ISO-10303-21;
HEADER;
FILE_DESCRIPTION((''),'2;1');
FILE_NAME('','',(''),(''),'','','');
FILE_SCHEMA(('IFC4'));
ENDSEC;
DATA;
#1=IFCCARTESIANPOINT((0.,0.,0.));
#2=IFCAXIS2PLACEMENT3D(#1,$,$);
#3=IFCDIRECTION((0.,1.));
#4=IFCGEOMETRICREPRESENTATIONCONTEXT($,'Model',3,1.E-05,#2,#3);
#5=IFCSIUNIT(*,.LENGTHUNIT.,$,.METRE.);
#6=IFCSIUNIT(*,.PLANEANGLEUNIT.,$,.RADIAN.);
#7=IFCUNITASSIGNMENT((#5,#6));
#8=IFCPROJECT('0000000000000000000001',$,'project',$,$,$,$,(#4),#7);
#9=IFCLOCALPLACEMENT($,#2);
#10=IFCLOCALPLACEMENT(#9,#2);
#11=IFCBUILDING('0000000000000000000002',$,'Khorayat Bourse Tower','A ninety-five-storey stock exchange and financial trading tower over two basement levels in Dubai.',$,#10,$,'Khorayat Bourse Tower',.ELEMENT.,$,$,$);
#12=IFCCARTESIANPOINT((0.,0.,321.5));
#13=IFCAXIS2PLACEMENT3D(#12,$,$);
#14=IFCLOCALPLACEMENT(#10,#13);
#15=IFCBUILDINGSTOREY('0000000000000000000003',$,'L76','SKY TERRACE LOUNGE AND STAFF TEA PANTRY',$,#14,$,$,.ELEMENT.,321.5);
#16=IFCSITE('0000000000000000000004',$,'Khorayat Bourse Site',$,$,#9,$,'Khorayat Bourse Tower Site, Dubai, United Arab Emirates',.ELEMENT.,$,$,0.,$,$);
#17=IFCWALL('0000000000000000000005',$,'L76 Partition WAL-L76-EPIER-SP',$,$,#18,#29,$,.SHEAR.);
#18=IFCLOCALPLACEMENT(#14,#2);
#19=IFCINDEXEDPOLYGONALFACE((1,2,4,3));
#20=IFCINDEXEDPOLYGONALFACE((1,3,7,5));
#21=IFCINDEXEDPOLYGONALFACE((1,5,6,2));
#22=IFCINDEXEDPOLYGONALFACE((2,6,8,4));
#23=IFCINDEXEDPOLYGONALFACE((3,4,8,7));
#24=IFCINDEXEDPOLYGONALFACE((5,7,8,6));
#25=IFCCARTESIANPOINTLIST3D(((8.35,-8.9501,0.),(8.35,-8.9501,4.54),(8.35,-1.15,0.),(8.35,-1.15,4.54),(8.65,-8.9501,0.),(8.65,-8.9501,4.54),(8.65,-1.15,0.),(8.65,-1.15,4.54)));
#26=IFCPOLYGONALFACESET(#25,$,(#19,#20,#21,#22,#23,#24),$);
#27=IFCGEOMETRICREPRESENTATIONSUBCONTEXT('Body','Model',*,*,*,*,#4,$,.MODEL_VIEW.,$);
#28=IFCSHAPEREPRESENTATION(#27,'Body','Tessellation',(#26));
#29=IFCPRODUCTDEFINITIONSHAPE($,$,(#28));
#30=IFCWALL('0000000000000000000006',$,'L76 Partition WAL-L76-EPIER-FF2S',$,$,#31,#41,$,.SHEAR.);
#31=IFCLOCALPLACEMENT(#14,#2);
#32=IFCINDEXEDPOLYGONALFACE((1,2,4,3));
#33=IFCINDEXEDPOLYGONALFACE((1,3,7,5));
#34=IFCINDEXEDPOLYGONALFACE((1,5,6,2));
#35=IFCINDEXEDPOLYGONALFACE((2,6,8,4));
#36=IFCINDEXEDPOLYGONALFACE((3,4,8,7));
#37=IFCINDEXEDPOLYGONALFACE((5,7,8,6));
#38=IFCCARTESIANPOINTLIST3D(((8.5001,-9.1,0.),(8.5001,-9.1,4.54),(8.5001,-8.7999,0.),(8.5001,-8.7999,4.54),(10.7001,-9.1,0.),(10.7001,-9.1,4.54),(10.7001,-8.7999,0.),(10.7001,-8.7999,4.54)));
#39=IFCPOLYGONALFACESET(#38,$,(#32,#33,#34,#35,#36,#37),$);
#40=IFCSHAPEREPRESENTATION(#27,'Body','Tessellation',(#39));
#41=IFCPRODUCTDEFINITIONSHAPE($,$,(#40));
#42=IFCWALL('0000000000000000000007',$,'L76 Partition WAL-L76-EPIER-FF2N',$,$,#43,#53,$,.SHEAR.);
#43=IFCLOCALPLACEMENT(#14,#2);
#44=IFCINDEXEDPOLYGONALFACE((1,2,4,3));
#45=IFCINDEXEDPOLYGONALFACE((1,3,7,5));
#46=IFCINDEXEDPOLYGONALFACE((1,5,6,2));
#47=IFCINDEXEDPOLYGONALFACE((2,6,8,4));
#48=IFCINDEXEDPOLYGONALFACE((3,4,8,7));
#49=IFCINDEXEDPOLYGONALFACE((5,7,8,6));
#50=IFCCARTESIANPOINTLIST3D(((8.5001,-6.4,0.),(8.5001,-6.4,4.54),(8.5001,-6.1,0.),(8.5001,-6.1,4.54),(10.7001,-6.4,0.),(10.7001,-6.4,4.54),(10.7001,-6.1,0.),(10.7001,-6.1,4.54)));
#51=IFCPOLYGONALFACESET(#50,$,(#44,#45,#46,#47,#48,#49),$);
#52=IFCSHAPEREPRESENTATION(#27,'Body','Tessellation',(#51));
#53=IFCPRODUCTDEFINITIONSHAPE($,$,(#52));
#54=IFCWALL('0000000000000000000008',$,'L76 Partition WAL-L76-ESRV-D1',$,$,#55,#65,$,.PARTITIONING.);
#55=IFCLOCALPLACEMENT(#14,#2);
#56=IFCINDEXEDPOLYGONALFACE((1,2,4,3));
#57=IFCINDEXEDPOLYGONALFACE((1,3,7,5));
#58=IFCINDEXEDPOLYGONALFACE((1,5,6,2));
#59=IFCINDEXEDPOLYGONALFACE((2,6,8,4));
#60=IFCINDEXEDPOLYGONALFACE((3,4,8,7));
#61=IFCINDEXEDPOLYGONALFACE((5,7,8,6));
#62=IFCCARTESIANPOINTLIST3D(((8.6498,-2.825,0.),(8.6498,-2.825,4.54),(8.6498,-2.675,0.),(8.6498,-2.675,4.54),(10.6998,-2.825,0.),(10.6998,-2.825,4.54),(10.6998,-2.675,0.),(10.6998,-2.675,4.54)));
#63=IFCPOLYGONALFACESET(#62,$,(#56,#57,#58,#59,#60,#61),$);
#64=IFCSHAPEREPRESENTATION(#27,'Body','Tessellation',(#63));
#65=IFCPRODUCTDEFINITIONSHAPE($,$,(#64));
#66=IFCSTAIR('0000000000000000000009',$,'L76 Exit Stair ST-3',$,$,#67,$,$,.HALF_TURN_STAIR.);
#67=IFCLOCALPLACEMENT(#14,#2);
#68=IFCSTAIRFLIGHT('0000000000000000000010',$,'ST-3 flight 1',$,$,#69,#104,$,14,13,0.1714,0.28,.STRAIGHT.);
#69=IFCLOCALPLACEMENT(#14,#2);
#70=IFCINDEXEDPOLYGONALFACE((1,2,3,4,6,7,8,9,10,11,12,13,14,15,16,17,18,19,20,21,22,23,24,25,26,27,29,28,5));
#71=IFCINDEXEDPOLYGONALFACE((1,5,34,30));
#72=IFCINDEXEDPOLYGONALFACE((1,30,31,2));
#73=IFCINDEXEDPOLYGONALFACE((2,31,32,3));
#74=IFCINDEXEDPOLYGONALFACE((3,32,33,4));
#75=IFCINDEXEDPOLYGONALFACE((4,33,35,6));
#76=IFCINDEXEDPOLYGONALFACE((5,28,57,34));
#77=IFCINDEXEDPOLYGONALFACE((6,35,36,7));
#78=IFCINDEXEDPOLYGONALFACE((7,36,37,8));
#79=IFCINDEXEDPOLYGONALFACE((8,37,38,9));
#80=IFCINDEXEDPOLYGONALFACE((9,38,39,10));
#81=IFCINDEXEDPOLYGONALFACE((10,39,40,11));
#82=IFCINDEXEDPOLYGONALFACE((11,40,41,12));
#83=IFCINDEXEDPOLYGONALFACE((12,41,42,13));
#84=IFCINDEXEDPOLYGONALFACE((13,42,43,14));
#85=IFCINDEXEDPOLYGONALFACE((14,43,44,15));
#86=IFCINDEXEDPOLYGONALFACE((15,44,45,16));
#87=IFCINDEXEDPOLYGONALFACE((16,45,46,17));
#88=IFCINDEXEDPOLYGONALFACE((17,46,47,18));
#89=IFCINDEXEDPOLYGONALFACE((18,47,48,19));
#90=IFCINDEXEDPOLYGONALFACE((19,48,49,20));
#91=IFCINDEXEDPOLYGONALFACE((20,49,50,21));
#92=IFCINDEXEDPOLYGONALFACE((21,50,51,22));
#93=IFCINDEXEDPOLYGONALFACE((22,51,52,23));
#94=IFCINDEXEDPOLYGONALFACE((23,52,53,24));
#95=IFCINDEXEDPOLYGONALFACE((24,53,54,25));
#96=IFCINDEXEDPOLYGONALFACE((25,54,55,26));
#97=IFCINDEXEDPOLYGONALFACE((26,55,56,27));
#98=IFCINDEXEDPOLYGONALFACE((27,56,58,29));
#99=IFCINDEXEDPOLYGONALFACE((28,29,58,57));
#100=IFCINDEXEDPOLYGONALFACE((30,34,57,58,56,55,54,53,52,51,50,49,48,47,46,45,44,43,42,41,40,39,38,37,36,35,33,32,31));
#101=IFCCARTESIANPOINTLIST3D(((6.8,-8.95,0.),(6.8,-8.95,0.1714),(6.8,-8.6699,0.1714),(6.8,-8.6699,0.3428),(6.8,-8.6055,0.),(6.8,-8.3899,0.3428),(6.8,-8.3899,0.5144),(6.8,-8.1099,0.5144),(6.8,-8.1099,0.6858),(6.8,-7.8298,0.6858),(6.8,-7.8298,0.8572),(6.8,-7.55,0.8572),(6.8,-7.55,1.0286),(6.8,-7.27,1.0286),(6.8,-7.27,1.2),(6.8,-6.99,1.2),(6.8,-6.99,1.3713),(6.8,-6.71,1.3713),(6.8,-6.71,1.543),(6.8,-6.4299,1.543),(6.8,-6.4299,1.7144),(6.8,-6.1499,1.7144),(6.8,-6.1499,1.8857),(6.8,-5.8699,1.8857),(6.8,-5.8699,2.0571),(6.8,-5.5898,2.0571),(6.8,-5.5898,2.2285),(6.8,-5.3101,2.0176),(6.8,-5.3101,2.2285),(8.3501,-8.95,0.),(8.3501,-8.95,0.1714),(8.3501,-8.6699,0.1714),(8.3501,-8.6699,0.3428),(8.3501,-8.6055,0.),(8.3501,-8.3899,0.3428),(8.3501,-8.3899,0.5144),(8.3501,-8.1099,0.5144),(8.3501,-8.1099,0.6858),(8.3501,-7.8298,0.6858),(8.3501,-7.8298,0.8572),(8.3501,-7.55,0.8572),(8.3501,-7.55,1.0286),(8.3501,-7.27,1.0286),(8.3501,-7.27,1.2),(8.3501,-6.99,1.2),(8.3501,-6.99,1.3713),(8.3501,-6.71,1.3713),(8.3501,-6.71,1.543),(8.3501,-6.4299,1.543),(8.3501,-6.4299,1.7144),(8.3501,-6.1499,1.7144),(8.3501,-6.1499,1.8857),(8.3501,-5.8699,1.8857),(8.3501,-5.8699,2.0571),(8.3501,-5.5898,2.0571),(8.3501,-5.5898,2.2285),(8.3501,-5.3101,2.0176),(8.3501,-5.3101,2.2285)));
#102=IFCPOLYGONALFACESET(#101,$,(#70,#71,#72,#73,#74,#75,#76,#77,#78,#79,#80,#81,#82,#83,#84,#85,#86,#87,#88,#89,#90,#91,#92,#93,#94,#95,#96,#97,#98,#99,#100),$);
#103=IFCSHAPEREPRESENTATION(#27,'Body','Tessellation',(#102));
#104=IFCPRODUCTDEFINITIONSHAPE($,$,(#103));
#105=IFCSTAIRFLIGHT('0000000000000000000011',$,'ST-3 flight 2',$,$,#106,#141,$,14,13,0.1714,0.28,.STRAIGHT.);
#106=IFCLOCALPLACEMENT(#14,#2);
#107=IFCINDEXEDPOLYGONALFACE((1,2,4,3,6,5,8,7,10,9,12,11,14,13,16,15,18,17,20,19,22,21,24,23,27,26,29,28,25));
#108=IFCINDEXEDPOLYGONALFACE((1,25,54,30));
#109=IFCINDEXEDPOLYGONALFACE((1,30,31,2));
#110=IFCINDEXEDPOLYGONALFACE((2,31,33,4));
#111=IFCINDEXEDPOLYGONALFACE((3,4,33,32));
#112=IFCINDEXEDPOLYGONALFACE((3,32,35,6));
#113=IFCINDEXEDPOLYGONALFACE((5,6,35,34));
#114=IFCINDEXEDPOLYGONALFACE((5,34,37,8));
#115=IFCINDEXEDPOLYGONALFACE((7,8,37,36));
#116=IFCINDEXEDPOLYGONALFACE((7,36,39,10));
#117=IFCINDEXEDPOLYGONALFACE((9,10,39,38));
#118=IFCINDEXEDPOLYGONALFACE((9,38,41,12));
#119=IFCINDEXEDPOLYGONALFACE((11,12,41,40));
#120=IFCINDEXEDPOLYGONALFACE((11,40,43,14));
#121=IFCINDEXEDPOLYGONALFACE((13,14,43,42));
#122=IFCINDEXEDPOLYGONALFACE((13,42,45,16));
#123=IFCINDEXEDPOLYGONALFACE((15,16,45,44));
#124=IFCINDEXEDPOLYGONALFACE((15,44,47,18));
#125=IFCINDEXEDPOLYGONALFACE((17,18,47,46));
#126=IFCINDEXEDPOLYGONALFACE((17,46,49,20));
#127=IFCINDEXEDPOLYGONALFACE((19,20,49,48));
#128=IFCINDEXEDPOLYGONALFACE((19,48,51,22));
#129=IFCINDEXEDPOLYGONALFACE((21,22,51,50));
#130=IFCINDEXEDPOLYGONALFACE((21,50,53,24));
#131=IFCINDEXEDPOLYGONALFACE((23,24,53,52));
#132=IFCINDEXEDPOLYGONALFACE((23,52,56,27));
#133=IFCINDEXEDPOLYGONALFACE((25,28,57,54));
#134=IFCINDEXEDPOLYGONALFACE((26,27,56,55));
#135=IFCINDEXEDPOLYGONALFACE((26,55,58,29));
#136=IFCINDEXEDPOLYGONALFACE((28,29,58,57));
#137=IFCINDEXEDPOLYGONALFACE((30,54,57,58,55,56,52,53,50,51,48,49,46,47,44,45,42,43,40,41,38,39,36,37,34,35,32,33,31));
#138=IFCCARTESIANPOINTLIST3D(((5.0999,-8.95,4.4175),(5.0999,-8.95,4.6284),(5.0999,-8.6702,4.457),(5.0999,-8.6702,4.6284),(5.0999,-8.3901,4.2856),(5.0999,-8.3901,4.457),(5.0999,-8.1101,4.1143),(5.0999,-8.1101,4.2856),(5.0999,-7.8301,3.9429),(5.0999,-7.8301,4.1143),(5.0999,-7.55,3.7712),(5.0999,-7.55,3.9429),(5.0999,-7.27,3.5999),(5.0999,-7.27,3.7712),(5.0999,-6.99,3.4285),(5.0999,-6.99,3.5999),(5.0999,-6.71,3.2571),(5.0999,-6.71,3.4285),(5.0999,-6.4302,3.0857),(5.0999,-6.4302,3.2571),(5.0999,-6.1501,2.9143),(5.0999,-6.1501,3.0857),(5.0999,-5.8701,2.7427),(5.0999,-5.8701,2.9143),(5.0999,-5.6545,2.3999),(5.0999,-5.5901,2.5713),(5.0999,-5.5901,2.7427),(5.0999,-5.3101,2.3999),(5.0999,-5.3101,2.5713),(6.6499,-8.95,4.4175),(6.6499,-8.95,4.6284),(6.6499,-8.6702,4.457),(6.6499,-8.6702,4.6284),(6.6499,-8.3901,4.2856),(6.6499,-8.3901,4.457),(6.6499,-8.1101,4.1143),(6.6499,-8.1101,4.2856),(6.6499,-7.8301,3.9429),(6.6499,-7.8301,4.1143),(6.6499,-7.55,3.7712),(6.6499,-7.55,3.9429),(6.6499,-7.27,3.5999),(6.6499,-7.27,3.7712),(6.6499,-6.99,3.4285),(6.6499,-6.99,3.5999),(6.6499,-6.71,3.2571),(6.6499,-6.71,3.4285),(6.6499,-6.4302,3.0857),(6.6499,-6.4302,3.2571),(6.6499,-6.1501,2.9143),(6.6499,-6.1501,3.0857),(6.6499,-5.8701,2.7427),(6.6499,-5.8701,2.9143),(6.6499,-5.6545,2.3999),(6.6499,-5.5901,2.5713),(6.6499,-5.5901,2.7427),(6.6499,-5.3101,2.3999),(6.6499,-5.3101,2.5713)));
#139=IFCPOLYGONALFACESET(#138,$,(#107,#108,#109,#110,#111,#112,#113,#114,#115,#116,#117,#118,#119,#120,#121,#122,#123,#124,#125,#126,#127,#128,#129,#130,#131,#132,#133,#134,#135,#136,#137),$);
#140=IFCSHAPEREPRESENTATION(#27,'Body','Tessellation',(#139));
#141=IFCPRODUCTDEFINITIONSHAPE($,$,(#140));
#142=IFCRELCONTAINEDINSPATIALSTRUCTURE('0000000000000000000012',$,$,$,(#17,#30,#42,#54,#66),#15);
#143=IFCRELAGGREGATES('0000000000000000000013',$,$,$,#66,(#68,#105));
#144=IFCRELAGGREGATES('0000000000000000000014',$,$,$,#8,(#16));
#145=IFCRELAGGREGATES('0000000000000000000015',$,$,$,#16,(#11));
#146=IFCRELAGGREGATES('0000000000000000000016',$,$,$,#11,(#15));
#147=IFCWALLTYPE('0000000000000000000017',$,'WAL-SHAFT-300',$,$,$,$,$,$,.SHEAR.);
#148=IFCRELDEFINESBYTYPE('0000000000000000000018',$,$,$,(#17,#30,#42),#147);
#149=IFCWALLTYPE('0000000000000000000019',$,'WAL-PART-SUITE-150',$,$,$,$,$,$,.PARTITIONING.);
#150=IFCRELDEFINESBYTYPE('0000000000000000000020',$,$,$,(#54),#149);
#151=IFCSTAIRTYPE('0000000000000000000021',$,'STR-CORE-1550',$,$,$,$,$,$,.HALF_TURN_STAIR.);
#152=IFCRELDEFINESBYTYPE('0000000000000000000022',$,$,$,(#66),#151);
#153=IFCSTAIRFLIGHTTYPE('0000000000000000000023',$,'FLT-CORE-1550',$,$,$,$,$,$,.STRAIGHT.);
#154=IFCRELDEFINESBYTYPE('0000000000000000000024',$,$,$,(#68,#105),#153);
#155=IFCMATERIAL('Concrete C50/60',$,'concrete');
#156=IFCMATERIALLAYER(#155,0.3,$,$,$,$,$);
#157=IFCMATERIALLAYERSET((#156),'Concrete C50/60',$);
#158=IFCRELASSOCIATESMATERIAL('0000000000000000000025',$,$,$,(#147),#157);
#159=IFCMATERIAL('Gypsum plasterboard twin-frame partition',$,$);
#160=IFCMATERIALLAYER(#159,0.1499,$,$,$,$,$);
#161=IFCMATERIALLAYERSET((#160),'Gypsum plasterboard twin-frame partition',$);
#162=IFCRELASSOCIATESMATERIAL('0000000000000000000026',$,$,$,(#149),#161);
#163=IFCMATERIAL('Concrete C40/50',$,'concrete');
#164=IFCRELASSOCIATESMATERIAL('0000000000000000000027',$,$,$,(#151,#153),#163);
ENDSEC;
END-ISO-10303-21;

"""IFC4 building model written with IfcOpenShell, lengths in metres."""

from ifc_helpers import new_model, si_unit, direction, frame, frame_2d, origin, place, context, subcontext, project, spatial, polyline, rectangle, outline, extrude, source, transform, mapped, material, layer, layer_set, type_object, element, aggregate, save


model = new_model("IFC4")

# Units and contexts
model_context = context("Model", 3, precision=1e-05, world=origin(), true_north=direction((0.0, 1.0)))
body_context = subcontext(model_context, "Body", "Model", "MODEL_VIEW")
ifc_project = project(units=[si_unit("LENGTHUNIT", "METRE"), si_unit("PLANEANGLEUNIT", "RADIAN")], contexts=[model_context])

# Site, building, storey
site_placement = place(None, origin())
site = spatial("IfcSite", under=ifc_project, at=site_placement, Name="Khorayat Bourse Site", LongName="Khorayat Bourse Tower Site, Dubai, United Arab Emirates", CompositionType="ELEMENT", RefElevation=0.0)
building_placement = place(site_placement, origin())
building = spatial("IfcBuilding", under=site, at=building_placement, Name="Khorayat Bourse Tower", Description="A ninety-five-storey stock exchange and financial trading tower over two basement levels in Dubai.", LongName="Khorayat Bourse Tower", CompositionType="ELEMENT")
storey_placement = place(building_placement, frame((0.0, 0.0, 321.5)))
storey = spatial("IfcBuildingStorey", under=building, at=storey_placement, Name="L76", Description="SKY TERRACE LOUNGE AND STAFF TEA PANTRY", CompositionType="ELEMENT", Elevation=321.5)

# Walls
ifc_material_1 = material(Name="Concrete C50/60", Category="concrete")
ifc_layer_1 = layer(ifc_material_1, 0.3)
ifc_layer_set_1 = layer_set([ifc_layer_1], Name="Concrete C50/60")
wall_type_1 = type_object("IfcWallType", Name="WAL-SHAFT-300", PredefinedType="SHEAR", material=ifc_layer_set_1)
shared_shape_1 = source(origin(), body_context, "Body", "SweptSolid", [
    extrude(rectangle(XDim=7.8, YDim=0.3, at=frame_2d((3.8999, 0.0))), origin(), (0.0, 0.0, 1.0), 4.54),
])
wall_1_placement = place(storey_placement, frame((8.5, -8.95, 0.0), z_axis=(0.0, 0.0, 1.0), x_axis=(0.0, 1.0, 0.0)))
element("IfcWall", 1, at=wall_1_placement, inside=storey, type_object=wall_type_1, Name="L76 Partition WAL-L76-EPIER-SP", PredefinedType="SHEAR", context=body_context, shape_type="MappedRepresentation", body=[
    mapped(shared_shape_1, transform((0.0, 0.0, 0.0), scale=1.0)),
])
shared_shape_2 = source(origin(), body_context, "Body", "SweptSolid", [
    extrude(rectangle(XDim=2.2, YDim=0.3, at=frame_2d((1.1001, 0.0))), origin(), (0.0, 0.0, 1.0), 4.54),
])
for number, where, z_axis, x_axis, name in (
    (2, (8.5, -8.95, 0.0), (0.0, 0.0, 1.0), (1.0, 0.0, 0.0), "L76 Partition WAL-L76-EPIER-FF2S"),
    (3, (8.5, -6.25, 0.0), (0.0, 0.0, 1.0), (1.0, 0.0, 0.0), "L76 Partition WAL-L76-EPIER-FF2N"),
):
    element("IfcWall", number, at=place(storey_placement, frame(where, z_axis=z_axis, x_axis=x_axis)), inside=storey, type_object=wall_type_1, Name=name, PredefinedType="SHEAR", context=body_context, shape_type="MappedRepresentation", body=[
        mapped(shared_shape_2, transform((0.0, 0.0, 0.0), scale=1.0)),
    ])
ifc_material_2 = material(Name="Gypsum plasterboard twin-frame partition")
ifc_layer_2 = layer(ifc_material_2, 0.1499)
ifc_layer_set_2 = layer_set([ifc_layer_2], Name="Gypsum plasterboard twin-frame partition")
wall_type_2 = type_object("IfcWallType", Name="WAL-PART-SUITE-150", PredefinedType="PARTITIONING", material=ifc_layer_set_2)
shared_shape_3 = source(origin(), body_context, "Body", "SweptSolid", [
    extrude(rectangle(XDim=2.05, YDim=0.1499, at=frame_2d((1.0249, 0.0))), origin(), (0.0, 0.0, 1.0), 4.54),
])
wall_2_placement = place(storey_placement, frame((8.6499, -2.75, 0.0), z_axis=(0.0, 0.0, 1.0), x_axis=(1.0, 0.0, 0.0)))
element("IfcWall", 4, at=wall_2_placement, inside=storey, type_object=wall_type_2, Name="L76 Partition WAL-L76-ESRV-D1", PredefinedType="PARTITIONING", context=body_context, shape_type="MappedRepresentation", body=[
    mapped(shared_shape_3, transform((0.0, 0.0, 0.0), scale=1.0)),
])

# Stair, stair flights
ifc_material_3 = material(Name="Concrete C40/50", Category="concrete")
stair_type = type_object("IfcStairType", Name="STR-CORE-1550", PredefinedType="HALF_TURN_STAIR", material=ifc_material_3)
stair_placement = place(storey_placement, origin())
stair = element("IfcStair", 5, at=stair_placement, inside=storey, type_object=stair_type, Name="L76 Exit Stair ST-3", PredefinedType="HALF_TURN_STAIR")
stair_flight_type = type_object("IfcStairFlightType", Name="FLT-CORE-1550", PredefinedType="STRAIGHT", material=ifc_material_3)
shared_shape_4 = source(origin(), body_context, "Body", "SweptSolid", [
    extrude(outline(polyline([(0.0, 0.0), (0.0, 0.1714), (0.28, 0.1714), (0.28, 0.3428), (0.5601, 0.3428), (0.5601, 0.5144), (0.8401, 0.5144), (0.8401, 0.6858), (1.1201, 0.6858), (1.1201, 0.8572), (1.3999, 0.8572), (1.3999, 1.0286), (1.6799, 1.0286), (1.6799, 1.2), (1.96, 1.2), (1.96, 1.3713), (2.24, 1.3713), (2.24, 1.543), (2.52, 1.543), (2.52, 1.7144), (2.8, 1.7144), (2.8, 1.8857), (3.0801, 1.8857), (3.0801, 2.0571), (3.3601, 2.0571), (3.3601, 2.2285), (3.6399, 2.2285), (3.6399, 2.3999), (3.6399, 2.0176), (0.3445, 0.0), (0.0, 0.0)])), frame((0.0, 0.7749, 0.0), z_axis=(0.0, -1.0, 0.0), x_axis=(1.0, 0.0, 0.0)), (0.0, 0.0, 1.0), 1.55),
])
stair_flight_1_placement = place(storey_placement, frame((7.575, -8.95, 0.0), z_axis=(0.0, 0.0, 1.0), x_axis=(0.0, 1.0, 0.0)))
stair_flight_1 = element("IfcStairFlight", 6, at=stair_flight_1_placement, type_object=stair_flight_type, Name="ST-3 flight 1", NumberOfRisers=14, NumberOfTreads=13, PredefinedType="STRAIGHT", RiserHeight=0.1714, TreadLength=0.28, context=body_context, shape_type="MappedRepresentation", body=[
    mapped(shared_shape_4, transform((0.0, 0.0, 0.0), scale=1.0)),
])
stair_flight_2_placement = place(storey_placement, frame((5.875, -5.3101, 2.3999), z_axis=(0.0, 0.0, 1.0), x_axis=(0.0, -1.0, 0.0)))
stair_flight_2 = element("IfcStairFlight", 7, at=stair_flight_2_placement, type_object=stair_flight_type, Name="ST-3 flight 2", NumberOfRisers=14, NumberOfTreads=13, PredefinedType="STRAIGHT", RiserHeight=0.1714, TreadLength=0.28, context=body_context, shape_type="MappedRepresentation", body=[
    mapped(shared_shape_4, transform((0.0, 0.0, 0.0), scale=1.0)),
])
aggregate(stair, [stair_flight_1, stair_flight_2])

save(model, "model.ifc")
